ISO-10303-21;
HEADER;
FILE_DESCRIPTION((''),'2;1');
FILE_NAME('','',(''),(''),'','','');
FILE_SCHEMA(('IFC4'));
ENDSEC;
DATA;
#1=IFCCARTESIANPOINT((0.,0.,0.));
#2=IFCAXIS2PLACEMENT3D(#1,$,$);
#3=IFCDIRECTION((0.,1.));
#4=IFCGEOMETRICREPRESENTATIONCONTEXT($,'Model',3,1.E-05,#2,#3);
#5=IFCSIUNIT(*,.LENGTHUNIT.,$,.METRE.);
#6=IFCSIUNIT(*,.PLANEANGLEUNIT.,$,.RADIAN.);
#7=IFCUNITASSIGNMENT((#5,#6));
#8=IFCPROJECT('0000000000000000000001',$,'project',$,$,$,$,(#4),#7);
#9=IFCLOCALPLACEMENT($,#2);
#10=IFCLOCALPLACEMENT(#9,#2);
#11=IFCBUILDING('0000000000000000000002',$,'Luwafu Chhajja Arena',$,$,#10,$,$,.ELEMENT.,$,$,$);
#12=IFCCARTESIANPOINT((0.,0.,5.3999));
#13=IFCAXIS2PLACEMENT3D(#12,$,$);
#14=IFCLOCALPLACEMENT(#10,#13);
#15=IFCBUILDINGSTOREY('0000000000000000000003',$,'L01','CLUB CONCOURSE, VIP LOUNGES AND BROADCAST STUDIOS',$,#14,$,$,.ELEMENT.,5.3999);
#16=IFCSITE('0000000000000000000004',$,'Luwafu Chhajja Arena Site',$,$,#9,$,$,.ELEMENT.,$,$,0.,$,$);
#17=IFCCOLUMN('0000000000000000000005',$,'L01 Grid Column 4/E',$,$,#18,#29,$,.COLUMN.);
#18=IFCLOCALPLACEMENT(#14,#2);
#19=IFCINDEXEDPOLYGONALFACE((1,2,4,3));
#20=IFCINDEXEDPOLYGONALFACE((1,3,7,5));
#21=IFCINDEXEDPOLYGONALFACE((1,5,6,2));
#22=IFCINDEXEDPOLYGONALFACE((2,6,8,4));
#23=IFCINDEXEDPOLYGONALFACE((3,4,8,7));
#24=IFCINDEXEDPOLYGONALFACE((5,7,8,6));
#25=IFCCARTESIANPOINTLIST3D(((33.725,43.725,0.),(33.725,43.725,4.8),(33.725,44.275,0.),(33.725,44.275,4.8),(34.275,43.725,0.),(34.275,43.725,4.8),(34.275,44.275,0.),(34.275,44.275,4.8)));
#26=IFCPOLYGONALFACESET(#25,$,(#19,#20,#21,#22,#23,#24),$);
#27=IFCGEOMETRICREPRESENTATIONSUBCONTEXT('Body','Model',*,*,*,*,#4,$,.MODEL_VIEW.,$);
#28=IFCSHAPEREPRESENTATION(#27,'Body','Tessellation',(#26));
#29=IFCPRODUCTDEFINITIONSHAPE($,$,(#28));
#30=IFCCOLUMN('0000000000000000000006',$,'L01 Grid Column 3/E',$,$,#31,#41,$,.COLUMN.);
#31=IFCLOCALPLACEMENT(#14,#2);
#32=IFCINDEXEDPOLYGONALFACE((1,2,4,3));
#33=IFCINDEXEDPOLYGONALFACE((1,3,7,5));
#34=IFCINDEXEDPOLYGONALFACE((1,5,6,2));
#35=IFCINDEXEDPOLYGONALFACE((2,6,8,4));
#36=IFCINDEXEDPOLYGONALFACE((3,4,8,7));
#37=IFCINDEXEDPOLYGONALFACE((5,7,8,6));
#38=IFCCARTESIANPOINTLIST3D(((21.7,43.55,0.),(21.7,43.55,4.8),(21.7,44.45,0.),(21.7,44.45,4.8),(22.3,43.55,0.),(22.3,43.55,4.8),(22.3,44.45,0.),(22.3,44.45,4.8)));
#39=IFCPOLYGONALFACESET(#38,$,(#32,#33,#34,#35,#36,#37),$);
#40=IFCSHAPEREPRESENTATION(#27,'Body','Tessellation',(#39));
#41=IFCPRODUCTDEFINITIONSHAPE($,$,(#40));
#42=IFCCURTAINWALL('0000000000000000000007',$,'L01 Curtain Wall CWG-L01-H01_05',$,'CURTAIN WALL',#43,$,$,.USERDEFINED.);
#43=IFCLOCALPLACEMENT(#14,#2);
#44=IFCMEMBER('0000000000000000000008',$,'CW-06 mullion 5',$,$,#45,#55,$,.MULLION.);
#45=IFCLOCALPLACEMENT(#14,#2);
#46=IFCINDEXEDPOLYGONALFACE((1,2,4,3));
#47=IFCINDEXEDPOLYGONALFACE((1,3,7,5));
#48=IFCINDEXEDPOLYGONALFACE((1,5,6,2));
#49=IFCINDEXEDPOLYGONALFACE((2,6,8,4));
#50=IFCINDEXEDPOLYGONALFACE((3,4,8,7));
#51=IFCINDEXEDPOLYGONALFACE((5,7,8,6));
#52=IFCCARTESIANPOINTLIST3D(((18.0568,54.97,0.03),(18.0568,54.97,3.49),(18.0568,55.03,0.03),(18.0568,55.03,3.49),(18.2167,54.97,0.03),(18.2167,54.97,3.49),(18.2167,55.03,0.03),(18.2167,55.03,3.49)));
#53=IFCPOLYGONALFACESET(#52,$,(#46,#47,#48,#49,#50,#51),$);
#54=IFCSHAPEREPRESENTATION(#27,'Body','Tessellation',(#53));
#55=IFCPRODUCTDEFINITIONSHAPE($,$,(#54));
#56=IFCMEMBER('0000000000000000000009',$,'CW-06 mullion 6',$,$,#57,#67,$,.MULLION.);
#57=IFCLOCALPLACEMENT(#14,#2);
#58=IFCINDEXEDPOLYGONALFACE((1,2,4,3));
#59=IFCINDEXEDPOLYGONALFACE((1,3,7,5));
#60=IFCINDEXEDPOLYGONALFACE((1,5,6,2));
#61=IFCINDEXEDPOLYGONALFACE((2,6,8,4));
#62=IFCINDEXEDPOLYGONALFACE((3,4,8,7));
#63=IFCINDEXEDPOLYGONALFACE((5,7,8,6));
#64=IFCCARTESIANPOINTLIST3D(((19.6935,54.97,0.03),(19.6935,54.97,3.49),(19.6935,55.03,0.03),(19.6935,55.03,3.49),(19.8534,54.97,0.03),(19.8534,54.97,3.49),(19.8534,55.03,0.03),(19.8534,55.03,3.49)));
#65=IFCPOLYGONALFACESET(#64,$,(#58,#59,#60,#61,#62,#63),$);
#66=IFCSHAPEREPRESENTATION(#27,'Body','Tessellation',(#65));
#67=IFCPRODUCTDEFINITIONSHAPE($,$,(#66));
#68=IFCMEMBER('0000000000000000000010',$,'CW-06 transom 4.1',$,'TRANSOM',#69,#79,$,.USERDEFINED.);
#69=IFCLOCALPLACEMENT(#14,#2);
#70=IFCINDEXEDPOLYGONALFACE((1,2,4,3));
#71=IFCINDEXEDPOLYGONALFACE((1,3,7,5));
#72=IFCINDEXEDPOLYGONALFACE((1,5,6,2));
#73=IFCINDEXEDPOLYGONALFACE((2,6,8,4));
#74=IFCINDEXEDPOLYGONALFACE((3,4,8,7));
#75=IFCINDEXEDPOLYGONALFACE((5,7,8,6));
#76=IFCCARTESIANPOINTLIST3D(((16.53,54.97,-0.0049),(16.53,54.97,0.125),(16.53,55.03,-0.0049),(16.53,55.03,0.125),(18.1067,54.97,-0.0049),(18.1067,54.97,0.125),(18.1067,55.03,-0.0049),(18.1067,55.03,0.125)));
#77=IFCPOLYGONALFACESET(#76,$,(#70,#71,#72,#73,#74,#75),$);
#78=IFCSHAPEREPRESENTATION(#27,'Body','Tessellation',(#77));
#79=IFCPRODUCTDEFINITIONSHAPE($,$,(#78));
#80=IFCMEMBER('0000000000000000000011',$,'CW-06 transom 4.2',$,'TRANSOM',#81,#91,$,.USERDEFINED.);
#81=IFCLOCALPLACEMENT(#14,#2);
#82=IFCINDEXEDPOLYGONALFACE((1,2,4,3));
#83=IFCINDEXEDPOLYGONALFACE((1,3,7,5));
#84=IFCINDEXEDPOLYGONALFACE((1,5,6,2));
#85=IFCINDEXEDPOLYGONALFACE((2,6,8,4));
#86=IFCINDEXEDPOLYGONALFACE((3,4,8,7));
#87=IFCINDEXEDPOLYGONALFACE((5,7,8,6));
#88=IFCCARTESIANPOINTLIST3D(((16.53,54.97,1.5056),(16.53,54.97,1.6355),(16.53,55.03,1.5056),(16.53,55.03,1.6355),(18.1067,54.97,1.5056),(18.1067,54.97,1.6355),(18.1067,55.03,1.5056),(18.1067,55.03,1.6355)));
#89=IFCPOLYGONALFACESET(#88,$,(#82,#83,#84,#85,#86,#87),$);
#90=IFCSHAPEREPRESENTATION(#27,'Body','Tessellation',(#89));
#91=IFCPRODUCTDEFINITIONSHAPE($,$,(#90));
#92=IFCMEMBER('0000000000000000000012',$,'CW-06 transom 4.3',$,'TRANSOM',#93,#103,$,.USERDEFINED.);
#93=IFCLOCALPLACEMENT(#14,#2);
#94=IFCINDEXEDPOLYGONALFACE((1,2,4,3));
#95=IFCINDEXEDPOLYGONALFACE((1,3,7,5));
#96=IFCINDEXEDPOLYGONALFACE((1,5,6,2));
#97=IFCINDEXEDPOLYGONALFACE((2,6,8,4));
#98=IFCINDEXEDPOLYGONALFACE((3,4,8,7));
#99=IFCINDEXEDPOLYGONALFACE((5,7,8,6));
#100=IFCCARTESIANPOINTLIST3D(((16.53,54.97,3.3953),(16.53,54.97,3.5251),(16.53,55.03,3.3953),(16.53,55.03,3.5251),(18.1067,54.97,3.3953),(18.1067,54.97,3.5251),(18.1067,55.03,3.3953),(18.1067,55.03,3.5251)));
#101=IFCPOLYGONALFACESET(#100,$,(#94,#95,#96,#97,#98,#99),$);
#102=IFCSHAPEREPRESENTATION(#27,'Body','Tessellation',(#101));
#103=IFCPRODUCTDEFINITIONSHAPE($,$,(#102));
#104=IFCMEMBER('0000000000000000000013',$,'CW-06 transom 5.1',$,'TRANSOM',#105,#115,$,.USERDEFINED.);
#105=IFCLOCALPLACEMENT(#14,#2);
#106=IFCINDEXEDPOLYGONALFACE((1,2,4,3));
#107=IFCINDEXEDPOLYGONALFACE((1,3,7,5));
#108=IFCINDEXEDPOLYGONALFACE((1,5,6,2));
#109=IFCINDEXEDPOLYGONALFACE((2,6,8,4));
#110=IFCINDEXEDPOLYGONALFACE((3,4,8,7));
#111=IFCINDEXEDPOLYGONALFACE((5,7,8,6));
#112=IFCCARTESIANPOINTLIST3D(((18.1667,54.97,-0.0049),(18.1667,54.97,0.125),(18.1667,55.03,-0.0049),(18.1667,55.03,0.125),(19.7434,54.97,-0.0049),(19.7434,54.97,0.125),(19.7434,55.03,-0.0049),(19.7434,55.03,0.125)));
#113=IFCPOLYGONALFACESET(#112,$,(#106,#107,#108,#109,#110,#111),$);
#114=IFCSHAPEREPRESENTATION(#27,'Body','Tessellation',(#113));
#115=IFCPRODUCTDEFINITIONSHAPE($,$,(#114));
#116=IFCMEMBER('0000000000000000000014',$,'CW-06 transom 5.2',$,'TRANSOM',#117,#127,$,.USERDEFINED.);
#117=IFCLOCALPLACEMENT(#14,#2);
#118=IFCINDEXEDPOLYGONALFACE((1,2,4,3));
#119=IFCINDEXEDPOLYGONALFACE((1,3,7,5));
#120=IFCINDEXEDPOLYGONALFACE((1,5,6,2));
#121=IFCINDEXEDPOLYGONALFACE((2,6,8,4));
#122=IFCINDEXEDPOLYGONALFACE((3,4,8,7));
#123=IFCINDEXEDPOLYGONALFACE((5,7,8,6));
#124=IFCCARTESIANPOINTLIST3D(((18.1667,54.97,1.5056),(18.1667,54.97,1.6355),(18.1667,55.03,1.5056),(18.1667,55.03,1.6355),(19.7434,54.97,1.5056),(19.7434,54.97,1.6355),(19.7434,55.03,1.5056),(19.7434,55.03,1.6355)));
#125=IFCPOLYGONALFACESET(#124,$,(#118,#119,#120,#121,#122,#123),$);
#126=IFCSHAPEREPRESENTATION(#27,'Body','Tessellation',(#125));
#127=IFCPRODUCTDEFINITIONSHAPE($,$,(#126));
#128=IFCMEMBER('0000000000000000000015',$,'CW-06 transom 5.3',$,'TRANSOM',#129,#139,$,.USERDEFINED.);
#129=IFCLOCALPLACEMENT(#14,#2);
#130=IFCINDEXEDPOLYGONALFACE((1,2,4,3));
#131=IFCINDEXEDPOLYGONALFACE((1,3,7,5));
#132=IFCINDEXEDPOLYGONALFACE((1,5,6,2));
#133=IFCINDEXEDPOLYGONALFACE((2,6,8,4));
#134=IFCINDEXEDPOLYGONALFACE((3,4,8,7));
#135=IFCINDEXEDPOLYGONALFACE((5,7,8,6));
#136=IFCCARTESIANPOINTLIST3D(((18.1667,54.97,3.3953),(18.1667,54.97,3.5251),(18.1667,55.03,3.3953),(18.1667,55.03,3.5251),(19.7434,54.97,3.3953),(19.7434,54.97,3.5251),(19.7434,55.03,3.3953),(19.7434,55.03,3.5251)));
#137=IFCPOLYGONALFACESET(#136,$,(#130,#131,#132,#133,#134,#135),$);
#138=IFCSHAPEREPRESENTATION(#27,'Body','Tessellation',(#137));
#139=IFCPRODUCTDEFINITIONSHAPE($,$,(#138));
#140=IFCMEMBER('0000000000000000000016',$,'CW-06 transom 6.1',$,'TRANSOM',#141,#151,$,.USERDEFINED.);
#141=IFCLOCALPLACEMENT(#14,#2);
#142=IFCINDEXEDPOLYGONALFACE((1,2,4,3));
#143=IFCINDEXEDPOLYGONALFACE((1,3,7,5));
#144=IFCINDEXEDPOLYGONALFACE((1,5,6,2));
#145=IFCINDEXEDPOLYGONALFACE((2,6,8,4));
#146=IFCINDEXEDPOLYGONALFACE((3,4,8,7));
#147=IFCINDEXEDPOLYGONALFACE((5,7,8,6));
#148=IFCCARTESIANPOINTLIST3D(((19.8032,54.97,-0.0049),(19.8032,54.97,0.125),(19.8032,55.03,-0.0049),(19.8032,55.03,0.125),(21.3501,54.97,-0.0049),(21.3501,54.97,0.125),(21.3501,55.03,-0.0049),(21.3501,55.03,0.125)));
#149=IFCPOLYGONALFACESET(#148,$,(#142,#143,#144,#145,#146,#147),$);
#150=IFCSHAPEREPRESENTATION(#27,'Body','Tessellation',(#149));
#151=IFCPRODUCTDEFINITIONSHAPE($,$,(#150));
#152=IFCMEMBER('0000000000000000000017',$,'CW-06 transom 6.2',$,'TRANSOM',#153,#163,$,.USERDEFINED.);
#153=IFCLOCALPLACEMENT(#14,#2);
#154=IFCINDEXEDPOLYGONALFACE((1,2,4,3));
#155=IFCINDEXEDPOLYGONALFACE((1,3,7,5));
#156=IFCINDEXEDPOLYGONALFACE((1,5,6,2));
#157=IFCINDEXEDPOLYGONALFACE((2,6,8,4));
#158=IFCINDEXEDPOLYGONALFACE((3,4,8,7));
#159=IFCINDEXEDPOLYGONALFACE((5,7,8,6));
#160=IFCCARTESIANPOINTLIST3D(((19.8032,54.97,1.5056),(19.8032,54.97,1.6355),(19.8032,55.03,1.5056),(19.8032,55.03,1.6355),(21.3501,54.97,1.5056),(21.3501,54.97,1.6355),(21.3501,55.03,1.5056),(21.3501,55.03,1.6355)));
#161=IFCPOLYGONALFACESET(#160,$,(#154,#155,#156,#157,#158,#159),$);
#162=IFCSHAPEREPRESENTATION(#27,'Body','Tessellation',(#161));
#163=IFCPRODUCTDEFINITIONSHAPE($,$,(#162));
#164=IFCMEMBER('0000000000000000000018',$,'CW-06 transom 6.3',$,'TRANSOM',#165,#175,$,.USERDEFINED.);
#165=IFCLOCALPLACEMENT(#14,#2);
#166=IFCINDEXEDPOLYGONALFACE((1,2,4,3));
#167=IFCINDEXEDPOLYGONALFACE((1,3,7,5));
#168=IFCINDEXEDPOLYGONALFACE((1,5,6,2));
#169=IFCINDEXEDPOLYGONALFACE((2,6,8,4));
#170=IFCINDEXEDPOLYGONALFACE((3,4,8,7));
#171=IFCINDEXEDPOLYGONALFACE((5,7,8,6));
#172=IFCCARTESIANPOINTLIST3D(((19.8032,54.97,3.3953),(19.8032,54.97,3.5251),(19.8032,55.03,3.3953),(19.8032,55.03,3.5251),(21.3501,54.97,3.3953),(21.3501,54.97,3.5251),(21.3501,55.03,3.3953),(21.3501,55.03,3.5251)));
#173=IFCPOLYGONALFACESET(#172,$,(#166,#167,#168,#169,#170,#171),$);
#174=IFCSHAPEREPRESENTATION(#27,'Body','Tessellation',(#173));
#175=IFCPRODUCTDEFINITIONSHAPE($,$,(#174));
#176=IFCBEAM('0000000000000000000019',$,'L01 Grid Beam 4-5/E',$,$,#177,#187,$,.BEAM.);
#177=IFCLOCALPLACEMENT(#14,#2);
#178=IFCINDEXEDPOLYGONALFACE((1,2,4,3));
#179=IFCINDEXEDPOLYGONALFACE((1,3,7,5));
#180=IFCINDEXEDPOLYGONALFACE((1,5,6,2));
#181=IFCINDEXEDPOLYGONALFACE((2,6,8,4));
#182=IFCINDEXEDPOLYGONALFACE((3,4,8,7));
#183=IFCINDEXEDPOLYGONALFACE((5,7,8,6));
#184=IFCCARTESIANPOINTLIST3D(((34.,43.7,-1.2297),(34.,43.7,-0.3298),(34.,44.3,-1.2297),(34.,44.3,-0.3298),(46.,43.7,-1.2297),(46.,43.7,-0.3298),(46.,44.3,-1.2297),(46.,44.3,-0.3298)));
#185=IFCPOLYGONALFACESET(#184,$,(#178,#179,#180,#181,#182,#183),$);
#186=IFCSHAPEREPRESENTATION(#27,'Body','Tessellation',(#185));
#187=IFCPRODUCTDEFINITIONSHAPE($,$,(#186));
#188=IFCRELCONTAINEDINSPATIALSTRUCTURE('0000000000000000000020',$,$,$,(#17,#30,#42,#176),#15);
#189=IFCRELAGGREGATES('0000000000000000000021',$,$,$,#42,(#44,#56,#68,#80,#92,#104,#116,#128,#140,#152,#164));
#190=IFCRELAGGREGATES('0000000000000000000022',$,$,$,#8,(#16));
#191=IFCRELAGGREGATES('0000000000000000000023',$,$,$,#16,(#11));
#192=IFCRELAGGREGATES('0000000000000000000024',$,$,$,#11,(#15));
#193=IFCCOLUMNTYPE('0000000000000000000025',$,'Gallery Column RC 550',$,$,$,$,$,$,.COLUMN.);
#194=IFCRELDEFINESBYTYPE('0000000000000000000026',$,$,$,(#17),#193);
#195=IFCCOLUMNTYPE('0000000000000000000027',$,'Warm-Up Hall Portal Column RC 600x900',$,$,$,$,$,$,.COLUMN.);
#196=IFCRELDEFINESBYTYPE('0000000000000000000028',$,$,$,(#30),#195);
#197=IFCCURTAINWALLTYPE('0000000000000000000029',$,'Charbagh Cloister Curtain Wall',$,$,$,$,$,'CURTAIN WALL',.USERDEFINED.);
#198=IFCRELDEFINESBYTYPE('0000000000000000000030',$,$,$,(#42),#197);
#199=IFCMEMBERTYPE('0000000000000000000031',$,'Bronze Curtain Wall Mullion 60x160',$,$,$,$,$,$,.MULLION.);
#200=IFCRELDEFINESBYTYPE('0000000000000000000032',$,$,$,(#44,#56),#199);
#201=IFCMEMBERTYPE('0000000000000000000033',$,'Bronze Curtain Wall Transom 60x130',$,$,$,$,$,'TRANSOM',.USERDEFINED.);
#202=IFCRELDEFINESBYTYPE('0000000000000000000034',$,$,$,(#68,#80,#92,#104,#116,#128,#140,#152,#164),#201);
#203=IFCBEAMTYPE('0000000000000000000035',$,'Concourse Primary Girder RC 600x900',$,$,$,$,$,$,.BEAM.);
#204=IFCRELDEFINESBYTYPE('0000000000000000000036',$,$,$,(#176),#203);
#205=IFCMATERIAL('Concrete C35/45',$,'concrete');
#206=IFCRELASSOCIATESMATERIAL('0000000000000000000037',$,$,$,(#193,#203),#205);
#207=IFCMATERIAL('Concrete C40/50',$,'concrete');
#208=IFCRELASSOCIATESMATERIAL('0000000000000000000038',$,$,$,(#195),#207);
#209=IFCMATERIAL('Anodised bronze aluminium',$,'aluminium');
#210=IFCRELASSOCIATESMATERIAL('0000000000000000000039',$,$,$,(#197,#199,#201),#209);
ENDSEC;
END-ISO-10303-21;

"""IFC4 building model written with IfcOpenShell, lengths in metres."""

from ifc_helpers import new_model, si_unit, direction, frame, origin, origin_2d, place, context, subcontext, project, spatial, rectangle, extrude, material, material_profile, profile_set, type_object, element, aggregate, save


model = new_model("IFC4")

# Units and contexts
model_context = context("Model", 3, precision=1e-05, world=origin(), true_north=direction((0.0, 1.0)))
body_context = subcontext(model_context, "Body", "Model", "MODEL_VIEW")
ifc_project = project(units=[si_unit("LENGTHUNIT", "METRE"), si_unit("PLANEANGLEUNIT", "RADIAN")], contexts=[model_context])

# Site, building, storey
site_placement = place(None, origin())
site = spatial("IfcSite", under=ifc_project, at=site_placement, Name="Luwafu Chhajja Arena Site", CompositionType="ELEMENT", RefElevation=0.0)
building_placement = place(site_placement, origin())
building = spatial("IfcBuilding", under=site, at=building_placement, Name="Luwafu Chhajja Arena", CompositionType="ELEMENT")
storey_placement = place(building_placement, frame((0.0, 0.0, 5.3999)))
storey = spatial("IfcBuildingStorey", under=building, at=storey_placement, Name="L01", Description="CLUB CONCOURSE, VIP LOUNGES AND BROADCAST STUDIOS", CompositionType="ELEMENT", Elevation=5.3999)

# Columns
ifc_material_1 = material(Name="Concrete C35/45", Category="concrete")
ifc_material_profile_1 = material_profile(ifc_material_1, rectangle(XDim=0.55, YDim=0.55, at=origin_2d()), Name="RC 550x550")
ifc_profile_set_1 = profile_set([ifc_material_profile_1], Name="Concrete C35/45")
column_type_1 = type_object("IfcColumnType", Name="Gallery Column RC 550", PredefinedType="COLUMN", material=ifc_profile_set_1)
column_1_placement = place(storey_placement, frame((34.0, 44.0, 0.0), z_axis=(0.0, 0.0, 1.0), x_axis=(1.0, 0.0, 0.0)))
element("IfcColumn", 1, at=column_1_placement, inside=storey, type_object=column_type_1, Name="L01 Grid Column 4/E", PredefinedType="COLUMN", context=body_context, shape_type="SweptSolid", body=[
    extrude(rectangle(XDim=0.55, YDim=0.55, at=origin_2d()), origin(), (0.0, 0.0, 1.0), 4.8),
])
ifc_material_2 = material(Name="Concrete C40/50", Category="concrete")
ifc_material_profile_2 = material_profile(ifc_material_2, rectangle(XDim=0.6001, YDim=0.8999, at=origin_2d()), Name="RC 600x900")
ifc_profile_set_2 = profile_set([ifc_material_profile_2], Name="Concrete C40/50")
column_type_2 = type_object("IfcColumnType", Name="Warm-Up Hall Portal Column RC 600x900", PredefinedType="COLUMN", material=ifc_profile_set_2)
column_2_placement = place(storey_placement, frame((22.0, 44.0, 0.0), z_axis=(0.0, 0.0, 1.0), x_axis=(1.0, 0.0, 0.0)))
element("IfcColumn", 2, at=column_2_placement, inside=storey, type_object=column_type_2, Name="L01 Grid Column 3/E", PredefinedType="COLUMN", context=body_context, shape_type="SweptSolid", body=[
    extrude(rectangle(XDim=0.6001, YDim=0.8999, at=origin_2d()), origin(), (0.0, 0.0, 1.0), 4.8),
])

# Curtain wall, members
ifc_material_3 = material(Name="Anodised bronze aluminium", Category="aluminium")
curtain_wall_type = type_object("IfcCurtainWallType", Name="Charbagh Cloister Curtain Wall", ElementType="CURTAIN WALL", PredefinedType="USERDEFINED", material=ifc_material_3)
curtain_wall_placement = place(storey_placement, origin())
curtain_wall = element("IfcCurtainWall", 3, at=curtain_wall_placement, inside=storey, type_object=curtain_wall_type, Name="L01 Curtain Wall CWG-L01-H01_05", ObjectType="CURTAIN WALL", PredefinedType="USERDEFINED")
ifc_material_profile_3 = material_profile(ifc_material_3, rectangle(XDim=0.0601, YDim=0.1599, at=origin_2d()), Name="CWM 60x160")
ifc_profile_set_3 = profile_set([ifc_material_profile_3], Name="Anodised bronze aluminium")
member_type_1 = type_object("IfcMemberType", Name="Bronze Curtain Wall Mullion 60x160", PredefinedType="MULLION", material=ifc_profile_set_3)
member_1_placement = place(storey_placement, frame((18.1367, 55.0, 0.03), z_axis=(0.0, 0.0, 1.0), x_axis=(0.0, 1.0, 0.0)))
member_1 = element("IfcMember", 4, at=member_1_placement, type_object=member_type_1, Name="CW-06 mullion 5", PredefinedType="MULLION", context=body_context, shape_type="SweptSolid", body=[
    extrude(rectangle(XDim=0.0601, YDim=0.1599, at=origin_2d()), origin(), (0.0, 0.0, 1.0), 3.46),
])
member_2_placement = place(storey_placement, frame((19.7734, 55.0, 0.03), z_axis=(0.0, 0.0, 1.0), x_axis=(0.0, 1.0, 0.0)))
member_2 = element("IfcMember", 5, at=member_2_placement, type_object=member_type_1, Name="CW-06 mullion 6", PredefinedType="MULLION", context=body_context, shape_type="SweptSolid", body=[
    extrude(rectangle(XDim=0.0601, YDim=0.1599, at=origin_2d()), origin(), (0.0, 0.0, 1.0), 3.46),
])
ifc_material_profile_4 = material_profile(ifc_material_3, rectangle(XDim=0.0601, YDim=0.1299, at=origin_2d()), Name="CWT 60x130")
ifc_profile_set_4 = profile_set([ifc_material_profile_4], Name="Anodised bronze aluminium")
member_type_2 = type_object("IfcMemberType", Name="Bronze Curtain Wall Transom 60x130", ElementType="TRANSOM", PredefinedType="USERDEFINED", material=ifc_profile_set_4)
member_3_placement = place(storey_placement, frame((16.53, 55.0, 0.0601), z_axis=(1.0, 0.0, 0.0), x_axis=(0.0, 1.0, 0.0)))
member_3 = element("IfcMember", 6, at=member_3_placement, type_object=member_type_2, Name="CW-06 transom 4.1", ObjectType="TRANSOM", PredefinedType="USERDEFINED", context=body_context, shape_type="SweptSolid", body=[
    extrude(rectangle(XDim=0.0601, YDim=0.1299, at=origin_2d()), origin(), (0.0, 0.0, 1.0), 1.5767),
])
member_4_placement = place(storey_placement, frame((16.53, 55.0, 1.5706), z_axis=(1.0, 0.0, 0.0), x_axis=(0.0, 1.0, 0.0)))
member_4 = element("IfcMember", 7, at=member_4_placement, type_object=member_type_2, Name="CW-06 transom 4.2", ObjectType="TRANSOM", PredefinedType="USERDEFINED", context=body_context, shape_type="SweptSolid", body=[
    extrude(rectangle(XDim=0.0601, YDim=0.1299, at=origin_2d()), origin(), (0.0, 0.0, 1.0), 1.5767),
])
member_5_placement = place(storey_placement, frame((16.53, 55.0, 3.4602), z_axis=(1.0, 0.0, 0.0), x_axis=(0.0, 1.0, 0.0)))
member_5 = element("IfcMember", 8, at=member_5_placement, type_object=member_type_2, Name="CW-06 transom 4.3", ObjectType="TRANSOM", PredefinedType="USERDEFINED", context=body_context, shape_type="SweptSolid", body=[
    extrude(rectangle(XDim=0.0601, YDim=0.1299, at=origin_2d()), origin(), (0.0, 0.0, 1.0), 1.5767),
])
member_6_placement = place(storey_placement, frame((18.1667, 55.0, 0.0601), z_axis=(1.0, 0.0, 0.0), x_axis=(0.0, 1.0, 0.0)))
member_6 = element("IfcMember", 9, at=member_6_placement, type_object=member_type_2, Name="CW-06 transom 5.1", ObjectType="TRANSOM", PredefinedType="USERDEFINED", context=body_context, shape_type="SweptSolid", body=[
    extrude(rectangle(XDim=0.0601, YDim=0.1299, at=origin_2d()), origin(), (0.0, 0.0, 1.0), 1.5767),
])
member_7_placement = place(storey_placement, frame((18.1667, 55.0, 1.5706), z_axis=(1.0, 0.0, 0.0), x_axis=(0.0, 1.0, 0.0)))
member_7 = element("IfcMember", 10, at=member_7_placement, type_object=member_type_2, Name="CW-06 transom 5.2", ObjectType="TRANSOM", PredefinedType="USERDEFINED", context=body_context, shape_type="SweptSolid", body=[
    extrude(rectangle(XDim=0.0601, YDim=0.1299, at=origin_2d()), origin(), (0.0, 0.0, 1.0), 1.5767),
])
member_8_placement = place(storey_placement, frame((18.1667, 55.0, 3.4602), z_axis=(1.0, 0.0, 0.0), x_axis=(0.0, 1.0, 0.0)))
member_8 = element("IfcMember", 11, at=member_8_placement, type_object=member_type_2, Name="CW-06 transom 5.3", ObjectType="TRANSOM", PredefinedType="USERDEFINED", context=body_context, shape_type="SweptSolid", body=[
    extrude(rectangle(XDim=0.0601, YDim=0.1299, at=origin_2d()), origin(), (0.0, 0.0, 1.0), 1.5767),
])
member_9_placement = place(storey_placement, frame((19.8032, 55.0, 0.0601), z_axis=(1.0, 0.0, 0.0), x_axis=(0.0, 1.0, 0.0)))
member_9 = element("IfcMember", 12, at=member_9_placement, type_object=member_type_2, Name="CW-06 transom 6.1", ObjectType="TRANSOM", PredefinedType="USERDEFINED", context=body_context, shape_type="SweptSolid", body=[
    extrude(rectangle(XDim=0.0601, YDim=0.1299, at=origin_2d()), origin(), (0.0, 0.0, 1.0), 1.5469),
])
member_10_placement = place(storey_placement, frame((19.8032, 55.0, 1.5706), z_axis=(1.0, 0.0, 0.0), x_axis=(0.0, 1.0, 0.0)))
member_10 = element("IfcMember", 13, at=member_10_placement, type_object=member_type_2, Name="CW-06 transom 6.2", ObjectType="TRANSOM", PredefinedType="USERDEFINED", context=body_context, shape_type="SweptSolid", body=[
    extrude(rectangle(XDim=0.0601, YDim=0.1299, at=origin_2d()), origin(), (0.0, 0.0, 1.0), 1.5469),
])
member_11_placement = place(storey_placement, frame((19.8032, 55.0, 3.4602), z_axis=(1.0, 0.0, 0.0), x_axis=(0.0, 1.0, 0.0)))
member_11 = element("IfcMember", 14, at=member_11_placement, type_object=member_type_2, Name="CW-06 transom 6.3", ObjectType="TRANSOM", PredefinedType="USERDEFINED", context=body_context, shape_type="SweptSolid", body=[
    extrude(rectangle(XDim=0.0601, YDim=0.1299, at=origin_2d()), origin(), (0.0, 0.0, 1.0), 1.5469),
])

# Beam
ifc_material_profile_5 = material_profile(ifc_material_1, rectangle(XDim=0.6001, YDim=0.8999, at=origin_2d()), Name="RC 600x900")
ifc_profile_set_5 = profile_set([ifc_material_profile_5], Name="Concrete C35/45")
beam_type_1 = type_object("IfcBeamType", Name="Concourse Primary Girder RC 600x900", PredefinedType="BEAM", material=ifc_profile_set_5)
beam_1_placement = place(storey_placement, frame((34.0, 44.0, -0.7798), z_axis=(1.0, 0.0, 0.0), x_axis=(0.0, 1.0, 0.0)))
element("IfcBeam", 15, at=beam_1_placement, inside=storey, type_object=beam_type_1, Name="L01 Grid Beam 4-5/E", PredefinedType="BEAM", context=body_context, shape_type="SweptSolid", body=[
    extrude(rectangle(XDim=0.6001, YDim=0.8999, at=origin_2d()), origin(), (0.0, 0.0, 1.0), 12.0),
])

aggregate(curtain_wall, [member_1, member_2, member_3, member_4, member_5, member_6, member_7, member_8, member_9, member_10, member_11])

save(model, "model.ifc")
